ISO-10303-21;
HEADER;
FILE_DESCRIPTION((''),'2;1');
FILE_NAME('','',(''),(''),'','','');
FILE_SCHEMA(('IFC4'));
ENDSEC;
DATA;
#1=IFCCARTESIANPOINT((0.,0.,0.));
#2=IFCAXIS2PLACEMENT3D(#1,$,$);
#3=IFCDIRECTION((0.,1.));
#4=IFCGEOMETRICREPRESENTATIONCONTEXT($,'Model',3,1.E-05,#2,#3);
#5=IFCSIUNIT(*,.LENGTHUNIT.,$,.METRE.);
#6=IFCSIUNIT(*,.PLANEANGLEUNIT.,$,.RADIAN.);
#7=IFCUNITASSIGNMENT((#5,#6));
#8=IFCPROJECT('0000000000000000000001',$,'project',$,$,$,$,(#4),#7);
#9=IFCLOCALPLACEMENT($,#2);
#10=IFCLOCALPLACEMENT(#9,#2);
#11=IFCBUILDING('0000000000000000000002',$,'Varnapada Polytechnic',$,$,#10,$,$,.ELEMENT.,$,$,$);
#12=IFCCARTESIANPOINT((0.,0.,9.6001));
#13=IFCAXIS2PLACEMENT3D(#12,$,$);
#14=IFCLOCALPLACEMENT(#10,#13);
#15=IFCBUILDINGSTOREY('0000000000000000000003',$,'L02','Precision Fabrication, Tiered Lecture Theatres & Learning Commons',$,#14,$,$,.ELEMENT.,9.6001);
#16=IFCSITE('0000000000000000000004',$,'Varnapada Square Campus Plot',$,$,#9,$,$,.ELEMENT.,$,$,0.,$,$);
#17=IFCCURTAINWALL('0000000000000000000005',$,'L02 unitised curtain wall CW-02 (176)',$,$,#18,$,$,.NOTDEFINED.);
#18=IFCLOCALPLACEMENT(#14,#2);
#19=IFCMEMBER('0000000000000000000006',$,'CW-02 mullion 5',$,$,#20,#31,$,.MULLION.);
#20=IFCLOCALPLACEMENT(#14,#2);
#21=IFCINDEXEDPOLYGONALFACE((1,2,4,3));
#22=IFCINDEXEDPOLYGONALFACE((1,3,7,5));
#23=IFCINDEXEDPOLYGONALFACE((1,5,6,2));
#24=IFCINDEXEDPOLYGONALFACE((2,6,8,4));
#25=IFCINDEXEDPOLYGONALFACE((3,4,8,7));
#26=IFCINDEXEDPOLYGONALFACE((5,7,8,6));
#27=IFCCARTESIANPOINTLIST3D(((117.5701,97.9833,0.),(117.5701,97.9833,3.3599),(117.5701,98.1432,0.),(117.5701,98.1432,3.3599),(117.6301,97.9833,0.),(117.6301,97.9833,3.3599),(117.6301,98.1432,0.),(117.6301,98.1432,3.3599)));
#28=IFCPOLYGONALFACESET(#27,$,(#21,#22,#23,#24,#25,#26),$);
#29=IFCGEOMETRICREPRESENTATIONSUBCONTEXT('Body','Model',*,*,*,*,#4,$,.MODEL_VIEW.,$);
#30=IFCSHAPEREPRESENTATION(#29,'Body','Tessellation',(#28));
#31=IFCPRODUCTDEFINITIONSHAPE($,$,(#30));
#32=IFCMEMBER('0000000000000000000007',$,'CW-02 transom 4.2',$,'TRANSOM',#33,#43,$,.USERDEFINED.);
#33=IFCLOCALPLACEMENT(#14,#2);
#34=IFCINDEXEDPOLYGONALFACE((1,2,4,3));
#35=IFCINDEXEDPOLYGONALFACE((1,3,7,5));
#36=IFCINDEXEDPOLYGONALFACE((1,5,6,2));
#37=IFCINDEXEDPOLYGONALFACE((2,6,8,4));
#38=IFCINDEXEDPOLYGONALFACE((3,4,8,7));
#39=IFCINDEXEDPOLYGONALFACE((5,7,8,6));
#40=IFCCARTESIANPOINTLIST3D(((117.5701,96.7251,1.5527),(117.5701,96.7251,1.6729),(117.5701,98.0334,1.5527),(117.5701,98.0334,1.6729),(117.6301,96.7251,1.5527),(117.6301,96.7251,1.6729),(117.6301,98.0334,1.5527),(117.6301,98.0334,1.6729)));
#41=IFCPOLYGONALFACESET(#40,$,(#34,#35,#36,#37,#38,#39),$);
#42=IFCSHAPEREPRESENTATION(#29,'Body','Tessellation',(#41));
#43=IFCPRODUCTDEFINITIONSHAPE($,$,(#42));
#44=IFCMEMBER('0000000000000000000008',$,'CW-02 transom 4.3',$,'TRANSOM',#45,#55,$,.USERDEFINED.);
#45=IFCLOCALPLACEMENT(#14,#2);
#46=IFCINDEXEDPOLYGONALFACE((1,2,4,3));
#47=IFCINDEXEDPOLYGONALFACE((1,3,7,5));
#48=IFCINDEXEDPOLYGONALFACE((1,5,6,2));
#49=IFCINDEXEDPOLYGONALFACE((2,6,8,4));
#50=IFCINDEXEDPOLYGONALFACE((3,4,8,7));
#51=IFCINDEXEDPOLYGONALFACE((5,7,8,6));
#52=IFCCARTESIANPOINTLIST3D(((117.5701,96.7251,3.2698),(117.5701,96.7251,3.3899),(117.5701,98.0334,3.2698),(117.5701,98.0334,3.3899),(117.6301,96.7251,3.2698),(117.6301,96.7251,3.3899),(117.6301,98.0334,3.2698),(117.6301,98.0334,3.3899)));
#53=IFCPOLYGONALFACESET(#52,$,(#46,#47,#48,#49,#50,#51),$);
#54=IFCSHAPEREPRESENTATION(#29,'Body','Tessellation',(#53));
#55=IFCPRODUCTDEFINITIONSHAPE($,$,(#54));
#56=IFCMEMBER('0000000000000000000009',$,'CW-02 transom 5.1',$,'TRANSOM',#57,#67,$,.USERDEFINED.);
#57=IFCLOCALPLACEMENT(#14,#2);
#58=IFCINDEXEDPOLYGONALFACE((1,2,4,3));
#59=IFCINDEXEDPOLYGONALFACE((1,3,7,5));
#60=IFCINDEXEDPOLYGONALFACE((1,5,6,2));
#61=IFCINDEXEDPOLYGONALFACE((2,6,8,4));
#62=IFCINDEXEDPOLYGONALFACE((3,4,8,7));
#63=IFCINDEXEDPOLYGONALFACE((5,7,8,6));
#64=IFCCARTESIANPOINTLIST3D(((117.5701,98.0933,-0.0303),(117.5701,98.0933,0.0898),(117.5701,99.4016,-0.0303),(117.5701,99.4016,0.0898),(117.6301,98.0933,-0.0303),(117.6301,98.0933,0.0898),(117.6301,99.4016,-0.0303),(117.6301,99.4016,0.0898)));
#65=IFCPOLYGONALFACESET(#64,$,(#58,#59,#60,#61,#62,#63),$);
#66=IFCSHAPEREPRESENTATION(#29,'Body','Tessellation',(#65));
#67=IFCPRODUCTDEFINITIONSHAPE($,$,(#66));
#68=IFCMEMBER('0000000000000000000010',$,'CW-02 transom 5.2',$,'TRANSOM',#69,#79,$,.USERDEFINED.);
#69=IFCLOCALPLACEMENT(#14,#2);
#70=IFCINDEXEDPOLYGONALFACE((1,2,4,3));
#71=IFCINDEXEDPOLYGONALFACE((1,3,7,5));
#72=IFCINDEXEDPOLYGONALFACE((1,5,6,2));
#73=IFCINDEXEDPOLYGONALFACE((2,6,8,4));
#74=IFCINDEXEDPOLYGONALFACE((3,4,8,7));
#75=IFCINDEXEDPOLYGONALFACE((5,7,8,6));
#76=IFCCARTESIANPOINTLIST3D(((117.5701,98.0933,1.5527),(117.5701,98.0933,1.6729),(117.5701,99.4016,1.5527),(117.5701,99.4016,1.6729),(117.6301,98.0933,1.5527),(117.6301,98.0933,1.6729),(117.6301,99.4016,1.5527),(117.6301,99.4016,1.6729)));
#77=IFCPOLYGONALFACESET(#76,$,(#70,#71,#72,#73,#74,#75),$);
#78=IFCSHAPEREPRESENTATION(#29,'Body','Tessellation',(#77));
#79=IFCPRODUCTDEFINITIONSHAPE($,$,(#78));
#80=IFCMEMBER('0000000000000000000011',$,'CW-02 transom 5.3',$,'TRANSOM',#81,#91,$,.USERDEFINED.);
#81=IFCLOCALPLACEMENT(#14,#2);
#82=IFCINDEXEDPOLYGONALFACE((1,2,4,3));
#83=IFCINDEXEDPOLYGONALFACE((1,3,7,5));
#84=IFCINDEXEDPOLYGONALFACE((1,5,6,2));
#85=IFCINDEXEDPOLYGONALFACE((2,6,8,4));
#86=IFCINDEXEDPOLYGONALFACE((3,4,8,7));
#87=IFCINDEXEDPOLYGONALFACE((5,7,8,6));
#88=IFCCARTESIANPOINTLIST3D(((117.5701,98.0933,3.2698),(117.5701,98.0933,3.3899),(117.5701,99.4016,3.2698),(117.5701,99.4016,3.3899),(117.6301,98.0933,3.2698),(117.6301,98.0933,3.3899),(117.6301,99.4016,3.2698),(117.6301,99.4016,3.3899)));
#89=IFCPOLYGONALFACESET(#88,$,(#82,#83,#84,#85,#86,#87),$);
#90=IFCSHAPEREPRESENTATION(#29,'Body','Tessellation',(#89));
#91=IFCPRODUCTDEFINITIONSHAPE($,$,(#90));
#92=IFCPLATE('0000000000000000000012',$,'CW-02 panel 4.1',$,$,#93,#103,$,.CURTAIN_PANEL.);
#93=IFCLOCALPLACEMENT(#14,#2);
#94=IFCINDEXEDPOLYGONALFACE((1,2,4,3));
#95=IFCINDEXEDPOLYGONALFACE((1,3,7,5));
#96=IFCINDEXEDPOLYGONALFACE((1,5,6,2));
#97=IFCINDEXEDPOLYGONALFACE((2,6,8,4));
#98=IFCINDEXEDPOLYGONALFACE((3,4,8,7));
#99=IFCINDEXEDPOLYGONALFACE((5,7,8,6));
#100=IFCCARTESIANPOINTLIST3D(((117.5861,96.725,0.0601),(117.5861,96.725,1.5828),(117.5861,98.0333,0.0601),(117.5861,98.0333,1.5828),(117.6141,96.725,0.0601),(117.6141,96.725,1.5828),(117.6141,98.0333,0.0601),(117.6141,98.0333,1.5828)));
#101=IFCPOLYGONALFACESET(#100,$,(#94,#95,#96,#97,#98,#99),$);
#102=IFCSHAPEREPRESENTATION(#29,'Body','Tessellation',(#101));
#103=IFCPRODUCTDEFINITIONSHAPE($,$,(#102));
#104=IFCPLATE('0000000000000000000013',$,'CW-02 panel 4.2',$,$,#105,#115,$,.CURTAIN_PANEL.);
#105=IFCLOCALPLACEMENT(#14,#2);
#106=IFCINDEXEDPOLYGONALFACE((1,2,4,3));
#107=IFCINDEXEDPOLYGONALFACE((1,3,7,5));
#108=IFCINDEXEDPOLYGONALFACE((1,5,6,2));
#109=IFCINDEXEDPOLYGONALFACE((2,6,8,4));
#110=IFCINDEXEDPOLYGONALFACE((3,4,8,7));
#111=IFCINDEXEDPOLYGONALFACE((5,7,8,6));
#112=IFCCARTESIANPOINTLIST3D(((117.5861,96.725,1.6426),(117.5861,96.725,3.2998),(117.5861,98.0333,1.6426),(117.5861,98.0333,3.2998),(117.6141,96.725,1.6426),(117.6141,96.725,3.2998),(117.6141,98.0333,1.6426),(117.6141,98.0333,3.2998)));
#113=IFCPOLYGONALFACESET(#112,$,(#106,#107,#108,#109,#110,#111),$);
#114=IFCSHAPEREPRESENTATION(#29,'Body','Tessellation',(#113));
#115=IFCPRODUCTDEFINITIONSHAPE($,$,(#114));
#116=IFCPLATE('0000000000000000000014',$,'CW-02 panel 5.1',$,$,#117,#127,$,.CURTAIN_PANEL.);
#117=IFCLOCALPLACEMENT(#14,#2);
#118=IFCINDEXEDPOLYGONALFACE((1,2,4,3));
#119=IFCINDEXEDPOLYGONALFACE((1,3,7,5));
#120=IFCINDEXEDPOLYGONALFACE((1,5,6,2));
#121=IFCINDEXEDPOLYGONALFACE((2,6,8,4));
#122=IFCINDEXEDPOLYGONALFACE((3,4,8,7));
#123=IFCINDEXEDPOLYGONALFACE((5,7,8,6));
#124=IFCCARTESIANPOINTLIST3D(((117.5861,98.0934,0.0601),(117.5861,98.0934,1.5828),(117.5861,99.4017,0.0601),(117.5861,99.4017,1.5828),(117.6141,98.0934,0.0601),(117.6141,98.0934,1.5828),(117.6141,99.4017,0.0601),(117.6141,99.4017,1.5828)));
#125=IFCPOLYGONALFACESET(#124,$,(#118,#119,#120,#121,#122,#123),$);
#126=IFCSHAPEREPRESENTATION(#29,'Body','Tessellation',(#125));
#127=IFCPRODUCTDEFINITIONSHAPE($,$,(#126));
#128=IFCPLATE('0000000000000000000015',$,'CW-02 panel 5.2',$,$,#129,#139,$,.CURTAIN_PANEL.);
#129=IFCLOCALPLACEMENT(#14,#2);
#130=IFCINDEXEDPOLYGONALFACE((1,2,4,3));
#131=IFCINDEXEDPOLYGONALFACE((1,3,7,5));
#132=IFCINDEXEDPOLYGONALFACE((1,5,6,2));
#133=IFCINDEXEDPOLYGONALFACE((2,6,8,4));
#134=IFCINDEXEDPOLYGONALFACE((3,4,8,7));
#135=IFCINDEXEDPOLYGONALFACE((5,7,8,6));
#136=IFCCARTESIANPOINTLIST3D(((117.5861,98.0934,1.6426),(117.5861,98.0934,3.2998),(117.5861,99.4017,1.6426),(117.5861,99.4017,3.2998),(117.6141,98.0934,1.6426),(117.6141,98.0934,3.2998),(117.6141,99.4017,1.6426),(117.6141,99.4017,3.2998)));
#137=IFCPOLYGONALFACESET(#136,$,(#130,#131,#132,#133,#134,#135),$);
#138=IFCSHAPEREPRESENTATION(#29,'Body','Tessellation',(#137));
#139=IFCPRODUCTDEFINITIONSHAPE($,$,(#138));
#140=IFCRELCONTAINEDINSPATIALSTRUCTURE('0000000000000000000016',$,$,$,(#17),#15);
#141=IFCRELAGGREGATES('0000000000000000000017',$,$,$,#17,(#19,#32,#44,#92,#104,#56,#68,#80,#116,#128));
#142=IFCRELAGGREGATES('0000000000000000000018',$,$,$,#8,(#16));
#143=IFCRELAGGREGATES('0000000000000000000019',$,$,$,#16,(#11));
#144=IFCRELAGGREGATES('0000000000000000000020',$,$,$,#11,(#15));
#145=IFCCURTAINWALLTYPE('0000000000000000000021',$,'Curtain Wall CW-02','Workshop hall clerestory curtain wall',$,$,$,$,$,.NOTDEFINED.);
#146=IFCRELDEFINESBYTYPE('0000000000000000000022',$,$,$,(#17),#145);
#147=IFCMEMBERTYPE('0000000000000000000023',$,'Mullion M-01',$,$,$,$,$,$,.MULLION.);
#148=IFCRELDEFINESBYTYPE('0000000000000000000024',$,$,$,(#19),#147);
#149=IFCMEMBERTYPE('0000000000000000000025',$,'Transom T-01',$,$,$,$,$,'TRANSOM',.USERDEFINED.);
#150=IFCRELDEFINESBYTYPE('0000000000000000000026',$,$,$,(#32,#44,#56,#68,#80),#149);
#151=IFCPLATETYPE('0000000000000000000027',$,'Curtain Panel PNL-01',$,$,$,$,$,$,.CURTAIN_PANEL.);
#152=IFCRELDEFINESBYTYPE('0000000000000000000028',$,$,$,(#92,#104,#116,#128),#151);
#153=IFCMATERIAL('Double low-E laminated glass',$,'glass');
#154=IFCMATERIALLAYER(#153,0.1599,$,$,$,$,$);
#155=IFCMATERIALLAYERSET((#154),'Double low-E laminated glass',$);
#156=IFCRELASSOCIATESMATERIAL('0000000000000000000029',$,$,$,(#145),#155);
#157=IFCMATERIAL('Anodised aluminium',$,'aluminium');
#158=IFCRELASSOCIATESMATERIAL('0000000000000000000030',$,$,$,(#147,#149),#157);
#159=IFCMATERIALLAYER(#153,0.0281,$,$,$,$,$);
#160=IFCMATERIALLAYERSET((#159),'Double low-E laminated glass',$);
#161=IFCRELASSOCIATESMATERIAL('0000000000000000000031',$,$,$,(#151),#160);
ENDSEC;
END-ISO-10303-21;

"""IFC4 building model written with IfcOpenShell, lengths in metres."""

from ifc_helpers import new_model, si_unit, direction, frame, origin, origin_2d, place, context, subcontext, project, spatial, rectangle, extrude, material, layer, layer_set, material_profile, profile_set, type_object, element, aggregate, save


model = new_model("IFC4")

# Units and contexts
model_context = context("Model", 3, precision=1e-05, world=origin(), true_north=direction((0.0, 1.0)))
body_context = subcontext(model_context, "Body", "Model", "MODEL_VIEW")
ifc_project = project(units=[si_unit("LENGTHUNIT", "METRE"), si_unit("PLANEANGLEUNIT", "RADIAN")], contexts=[model_context])

# Site, building, storey
site_placement = place(None, origin())
site = spatial("IfcSite", under=ifc_project, at=site_placement, Name="Varnapada Square Campus Plot", CompositionType="ELEMENT", RefElevation=0.0)
building_placement = place(site_placement, origin())
building = spatial("IfcBuilding", under=site, at=building_placement, Name="Varnapada Polytechnic", CompositionType="ELEMENT")
storey_placement = place(building_placement, frame((0.0, 0.0, 9.6001)))
storey = spatial("IfcBuildingStorey", under=building, at=storey_placement, Name="L02", Description="Precision Fabrication, Tiered Lecture Theatres & Learning Commons", CompositionType="ELEMENT", Elevation=9.6001)

# Curtain wall, members, plates
ifc_material_1 = material(Name="Double low-E laminated glass", Category="glass")
ifc_layer_1 = layer(ifc_material_1, 0.1599)
ifc_layer_set_1 = layer_set([ifc_layer_1], Name="Double low-E laminated glass")
curtain_wall_type = type_object("IfcCurtainWallType", Name="Curtain Wall CW-02", Description="Workshop hall clerestory curtain wall", PredefinedType="NOTDEFINED", material=ifc_layer_set_1)
curtain_wall_placement = place(storey_placement, origin())
curtain_wall = element("IfcCurtainWall", 1, at=curtain_wall_placement, inside=storey, type_object=curtain_wall_type, Name="L02 unitised curtain wall CW-02 (176)", PredefinedType="NOTDEFINED")
ifc_material_2 = material(Name="Anodised aluminium", Category="aluminium")
ifc_material_profile_1 = material_profile(ifc_material_2, rectangle(XDim=0.0601, YDim=0.1599, at=origin_2d()), Name="ALU M60x160")
ifc_profile_set_1 = profile_set([ifc_material_profile_1], Name="Anodised aluminium")
member_type_1 = type_object("IfcMemberType", Name="Mullion M-01", PredefinedType="MULLION", material=ifc_profile_set_1)
member_1_placement = place(storey_placement, frame((117.6001, 98.0632, 0.0), z_axis=(0.0, 0.0, 1.0), x_axis=(-1.0, 0.0, 0.0)))
member_1 = element("IfcMember", 2, at=member_1_placement, type_object=member_type_1, Name="CW-02 mullion 5", PredefinedType="MULLION", context=body_context, shape_type="SweptSolid", body=[
    extrude(rectangle(XDim=0.0601, YDim=0.1599, at=origin_2d()), origin(), (0.0, 0.0, 1.0), 3.3599),
])
ifc_material_profile_2 = material_profile(ifc_material_2, rectangle(XDim=0.0601, YDim=0.1201, at=origin_2d()), Name="ALU T60x120")
ifc_profile_set_2 = profile_set([ifc_material_profile_2], Name="Anodised aluminium")
member_type_2 = type_object("IfcMemberType", Name="Transom T-01", ElementType="TRANSOM", PredefinedType="USERDEFINED", material=ifc_profile_set_2)
member_2_placement = place(storey_placement, frame((117.6001, 96.7251, 1.6128), z_axis=(0.0, 1.0, 0.0), x_axis=(-1.0, 0.0, 0.0)))
member_2 = element("IfcMember", 3, at=member_2_placement, type_object=member_type_2, Name="CW-02 transom 4.2", ObjectType="TRANSOM", PredefinedType="USERDEFINED", context=body_context, shape_type="SweptSolid", body=[
    extrude(rectangle(XDim=0.0601, YDim=0.1201, at=origin_2d()), origin(), (0.0, 0.0, 1.0), 1.3083),
])
member_3_placement = place(storey_placement, frame((117.6001, 96.7251, 3.3298), z_axis=(0.0, 1.0, 0.0), x_axis=(-1.0, 0.0, 0.0)))
member_3 = element("IfcMember", 4, at=member_3_placement, type_object=member_type_2, Name="CW-02 transom 4.3", ObjectType="TRANSOM", PredefinedType="USERDEFINED", context=body_context, shape_type="SweptSolid", body=[
    extrude(rectangle(XDim=0.0601, YDim=0.1201, at=origin_2d()), origin(), (0.0, 0.0, 1.0), 1.3083),
])
member_4_placement = place(storey_placement, frame((117.6001, 98.0933, 0.0298), z_axis=(0.0, 1.0, 0.0), x_axis=(-1.0, 0.0, 0.0)))
member_4 = element("IfcMember", 5, at=member_4_placement, type_object=member_type_2, Name="CW-02 transom 5.1", ObjectType="TRANSOM", PredefinedType="USERDEFINED", context=body_context, shape_type="SweptSolid", body=[
    extrude(rectangle(XDim=0.0601, YDim=0.1201, at=origin_2d()), origin(), (0.0, 0.0, 1.0), 1.3083),
])
member_5_placement = place(storey_placement, frame((117.6001, 98.0933, 1.6128), z_axis=(0.0, 1.0, 0.0), x_axis=(-1.0, 0.0, 0.0)))
member_5 = element("IfcMember", 6, at=member_5_placement, type_object=member_type_2, Name="CW-02 transom 5.2", ObjectType="TRANSOM", PredefinedType="USERDEFINED", context=body_context, shape_type="SweptSolid", body=[
    extrude(rectangle(XDim=0.0601, YDim=0.1201, at=origin_2d()), origin(), (0.0, 0.0, 1.0), 1.3083),
])
member_6_placement = place(storey_placement, frame((117.6001, 98.0933, 3.3298), z_axis=(0.0, 1.0, 0.0), x_axis=(-1.0, 0.0, 0.0)))
member_6 = element("IfcMember", 7, at=member_6_placement, type_object=member_type_2, Name="CW-02 transom 5.3", ObjectType="TRANSOM", PredefinedType="USERDEFINED", context=body_context, shape_type="SweptSolid", body=[
    extrude(rectangle(XDim=0.0601, YDim=0.1201, at=origin_2d()), origin(), (0.0, 0.0, 1.0), 1.3083),
])
ifc_layer_2 = layer(ifc_material_1, 0.0281)
ifc_layer_set_2 = layer_set([ifc_layer_2], Name="Double low-E laminated glass")
plate_type = type_object("IfcPlateType", Name="Curtain Panel PNL-01", PredefinedType="CURTAIN_PANEL", material=ifc_layer_set_2)
plate_1_placement = place(storey_placement, frame((117.6001, 97.3792, 0.0601), z_axis=(0.0, 0.0, 1.0), x_axis=(0.0, 1.0, 0.0)))
plate_1 = element("IfcPlate", 8, at=plate_1_placement, type_object=plate_type, Name="CW-02 panel 4.1", PredefinedType="CURTAIN_PANEL", context=body_context, shape_type="SweptSolid", body=[
    extrude(rectangle(XDim=1.3083, YDim=0.0281, at=origin_2d()), origin(), (0.0, 0.0, 1.0), 1.5227),
])
plate_2_placement = place(storey_placement, frame((117.6001, 97.3792, 1.6426), z_axis=(0.0, 0.0, 1.0), x_axis=(0.0, 1.0, 0.0)))
plate_2 = element("IfcPlate", 9, at=plate_2_placement, type_object=plate_type, Name="CW-02 panel 4.2", PredefinedType="CURTAIN_PANEL", context=body_context, shape_type="SweptSolid", body=[
    extrude(rectangle(XDim=1.3083, YDim=0.0281, at=origin_2d()), origin(), (0.0, 0.0, 1.0), 1.6572),
])
plate_3_placement = place(storey_placement, frame((117.6001, 98.7476, 0.0601), z_axis=(0.0, 0.0, 1.0), x_axis=(0.0, 1.0, 0.0)))
plate_3 = element("IfcPlate", 10, at=plate_3_placement, type_object=plate_type, Name="CW-02 panel 5.1", PredefinedType="CURTAIN_PANEL", context=body_context, shape_type="SweptSolid", body=[
    extrude(rectangle(XDim=1.3083, YDim=0.0281, at=origin_2d()), origin(), (0.0, 0.0, 1.0), 1.5227),
])
plate_4_placement = place(storey_placement, frame((117.6001, 98.7476, 1.6426), z_axis=(0.0, 0.0, 1.0), x_axis=(0.0, 1.0, 0.0)))
plate_4 = element("IfcPlate", 11, at=plate_4_placement, type_object=plate_type, Name="CW-02 panel 5.2", PredefinedType="CURTAIN_PANEL", context=body_context, shape_type="SweptSolid", body=[
    extrude(rectangle(XDim=1.3083, YDim=0.0281, at=origin_2d()), origin(), (0.0, 0.0, 1.0), 1.6572),
])
aggregate(curtain_wall, [member_1, member_2, member_3, plate_1, plate_2, member_4, member_5, member_6, plate_3, plate_4])

save(model, "model.ifc")
